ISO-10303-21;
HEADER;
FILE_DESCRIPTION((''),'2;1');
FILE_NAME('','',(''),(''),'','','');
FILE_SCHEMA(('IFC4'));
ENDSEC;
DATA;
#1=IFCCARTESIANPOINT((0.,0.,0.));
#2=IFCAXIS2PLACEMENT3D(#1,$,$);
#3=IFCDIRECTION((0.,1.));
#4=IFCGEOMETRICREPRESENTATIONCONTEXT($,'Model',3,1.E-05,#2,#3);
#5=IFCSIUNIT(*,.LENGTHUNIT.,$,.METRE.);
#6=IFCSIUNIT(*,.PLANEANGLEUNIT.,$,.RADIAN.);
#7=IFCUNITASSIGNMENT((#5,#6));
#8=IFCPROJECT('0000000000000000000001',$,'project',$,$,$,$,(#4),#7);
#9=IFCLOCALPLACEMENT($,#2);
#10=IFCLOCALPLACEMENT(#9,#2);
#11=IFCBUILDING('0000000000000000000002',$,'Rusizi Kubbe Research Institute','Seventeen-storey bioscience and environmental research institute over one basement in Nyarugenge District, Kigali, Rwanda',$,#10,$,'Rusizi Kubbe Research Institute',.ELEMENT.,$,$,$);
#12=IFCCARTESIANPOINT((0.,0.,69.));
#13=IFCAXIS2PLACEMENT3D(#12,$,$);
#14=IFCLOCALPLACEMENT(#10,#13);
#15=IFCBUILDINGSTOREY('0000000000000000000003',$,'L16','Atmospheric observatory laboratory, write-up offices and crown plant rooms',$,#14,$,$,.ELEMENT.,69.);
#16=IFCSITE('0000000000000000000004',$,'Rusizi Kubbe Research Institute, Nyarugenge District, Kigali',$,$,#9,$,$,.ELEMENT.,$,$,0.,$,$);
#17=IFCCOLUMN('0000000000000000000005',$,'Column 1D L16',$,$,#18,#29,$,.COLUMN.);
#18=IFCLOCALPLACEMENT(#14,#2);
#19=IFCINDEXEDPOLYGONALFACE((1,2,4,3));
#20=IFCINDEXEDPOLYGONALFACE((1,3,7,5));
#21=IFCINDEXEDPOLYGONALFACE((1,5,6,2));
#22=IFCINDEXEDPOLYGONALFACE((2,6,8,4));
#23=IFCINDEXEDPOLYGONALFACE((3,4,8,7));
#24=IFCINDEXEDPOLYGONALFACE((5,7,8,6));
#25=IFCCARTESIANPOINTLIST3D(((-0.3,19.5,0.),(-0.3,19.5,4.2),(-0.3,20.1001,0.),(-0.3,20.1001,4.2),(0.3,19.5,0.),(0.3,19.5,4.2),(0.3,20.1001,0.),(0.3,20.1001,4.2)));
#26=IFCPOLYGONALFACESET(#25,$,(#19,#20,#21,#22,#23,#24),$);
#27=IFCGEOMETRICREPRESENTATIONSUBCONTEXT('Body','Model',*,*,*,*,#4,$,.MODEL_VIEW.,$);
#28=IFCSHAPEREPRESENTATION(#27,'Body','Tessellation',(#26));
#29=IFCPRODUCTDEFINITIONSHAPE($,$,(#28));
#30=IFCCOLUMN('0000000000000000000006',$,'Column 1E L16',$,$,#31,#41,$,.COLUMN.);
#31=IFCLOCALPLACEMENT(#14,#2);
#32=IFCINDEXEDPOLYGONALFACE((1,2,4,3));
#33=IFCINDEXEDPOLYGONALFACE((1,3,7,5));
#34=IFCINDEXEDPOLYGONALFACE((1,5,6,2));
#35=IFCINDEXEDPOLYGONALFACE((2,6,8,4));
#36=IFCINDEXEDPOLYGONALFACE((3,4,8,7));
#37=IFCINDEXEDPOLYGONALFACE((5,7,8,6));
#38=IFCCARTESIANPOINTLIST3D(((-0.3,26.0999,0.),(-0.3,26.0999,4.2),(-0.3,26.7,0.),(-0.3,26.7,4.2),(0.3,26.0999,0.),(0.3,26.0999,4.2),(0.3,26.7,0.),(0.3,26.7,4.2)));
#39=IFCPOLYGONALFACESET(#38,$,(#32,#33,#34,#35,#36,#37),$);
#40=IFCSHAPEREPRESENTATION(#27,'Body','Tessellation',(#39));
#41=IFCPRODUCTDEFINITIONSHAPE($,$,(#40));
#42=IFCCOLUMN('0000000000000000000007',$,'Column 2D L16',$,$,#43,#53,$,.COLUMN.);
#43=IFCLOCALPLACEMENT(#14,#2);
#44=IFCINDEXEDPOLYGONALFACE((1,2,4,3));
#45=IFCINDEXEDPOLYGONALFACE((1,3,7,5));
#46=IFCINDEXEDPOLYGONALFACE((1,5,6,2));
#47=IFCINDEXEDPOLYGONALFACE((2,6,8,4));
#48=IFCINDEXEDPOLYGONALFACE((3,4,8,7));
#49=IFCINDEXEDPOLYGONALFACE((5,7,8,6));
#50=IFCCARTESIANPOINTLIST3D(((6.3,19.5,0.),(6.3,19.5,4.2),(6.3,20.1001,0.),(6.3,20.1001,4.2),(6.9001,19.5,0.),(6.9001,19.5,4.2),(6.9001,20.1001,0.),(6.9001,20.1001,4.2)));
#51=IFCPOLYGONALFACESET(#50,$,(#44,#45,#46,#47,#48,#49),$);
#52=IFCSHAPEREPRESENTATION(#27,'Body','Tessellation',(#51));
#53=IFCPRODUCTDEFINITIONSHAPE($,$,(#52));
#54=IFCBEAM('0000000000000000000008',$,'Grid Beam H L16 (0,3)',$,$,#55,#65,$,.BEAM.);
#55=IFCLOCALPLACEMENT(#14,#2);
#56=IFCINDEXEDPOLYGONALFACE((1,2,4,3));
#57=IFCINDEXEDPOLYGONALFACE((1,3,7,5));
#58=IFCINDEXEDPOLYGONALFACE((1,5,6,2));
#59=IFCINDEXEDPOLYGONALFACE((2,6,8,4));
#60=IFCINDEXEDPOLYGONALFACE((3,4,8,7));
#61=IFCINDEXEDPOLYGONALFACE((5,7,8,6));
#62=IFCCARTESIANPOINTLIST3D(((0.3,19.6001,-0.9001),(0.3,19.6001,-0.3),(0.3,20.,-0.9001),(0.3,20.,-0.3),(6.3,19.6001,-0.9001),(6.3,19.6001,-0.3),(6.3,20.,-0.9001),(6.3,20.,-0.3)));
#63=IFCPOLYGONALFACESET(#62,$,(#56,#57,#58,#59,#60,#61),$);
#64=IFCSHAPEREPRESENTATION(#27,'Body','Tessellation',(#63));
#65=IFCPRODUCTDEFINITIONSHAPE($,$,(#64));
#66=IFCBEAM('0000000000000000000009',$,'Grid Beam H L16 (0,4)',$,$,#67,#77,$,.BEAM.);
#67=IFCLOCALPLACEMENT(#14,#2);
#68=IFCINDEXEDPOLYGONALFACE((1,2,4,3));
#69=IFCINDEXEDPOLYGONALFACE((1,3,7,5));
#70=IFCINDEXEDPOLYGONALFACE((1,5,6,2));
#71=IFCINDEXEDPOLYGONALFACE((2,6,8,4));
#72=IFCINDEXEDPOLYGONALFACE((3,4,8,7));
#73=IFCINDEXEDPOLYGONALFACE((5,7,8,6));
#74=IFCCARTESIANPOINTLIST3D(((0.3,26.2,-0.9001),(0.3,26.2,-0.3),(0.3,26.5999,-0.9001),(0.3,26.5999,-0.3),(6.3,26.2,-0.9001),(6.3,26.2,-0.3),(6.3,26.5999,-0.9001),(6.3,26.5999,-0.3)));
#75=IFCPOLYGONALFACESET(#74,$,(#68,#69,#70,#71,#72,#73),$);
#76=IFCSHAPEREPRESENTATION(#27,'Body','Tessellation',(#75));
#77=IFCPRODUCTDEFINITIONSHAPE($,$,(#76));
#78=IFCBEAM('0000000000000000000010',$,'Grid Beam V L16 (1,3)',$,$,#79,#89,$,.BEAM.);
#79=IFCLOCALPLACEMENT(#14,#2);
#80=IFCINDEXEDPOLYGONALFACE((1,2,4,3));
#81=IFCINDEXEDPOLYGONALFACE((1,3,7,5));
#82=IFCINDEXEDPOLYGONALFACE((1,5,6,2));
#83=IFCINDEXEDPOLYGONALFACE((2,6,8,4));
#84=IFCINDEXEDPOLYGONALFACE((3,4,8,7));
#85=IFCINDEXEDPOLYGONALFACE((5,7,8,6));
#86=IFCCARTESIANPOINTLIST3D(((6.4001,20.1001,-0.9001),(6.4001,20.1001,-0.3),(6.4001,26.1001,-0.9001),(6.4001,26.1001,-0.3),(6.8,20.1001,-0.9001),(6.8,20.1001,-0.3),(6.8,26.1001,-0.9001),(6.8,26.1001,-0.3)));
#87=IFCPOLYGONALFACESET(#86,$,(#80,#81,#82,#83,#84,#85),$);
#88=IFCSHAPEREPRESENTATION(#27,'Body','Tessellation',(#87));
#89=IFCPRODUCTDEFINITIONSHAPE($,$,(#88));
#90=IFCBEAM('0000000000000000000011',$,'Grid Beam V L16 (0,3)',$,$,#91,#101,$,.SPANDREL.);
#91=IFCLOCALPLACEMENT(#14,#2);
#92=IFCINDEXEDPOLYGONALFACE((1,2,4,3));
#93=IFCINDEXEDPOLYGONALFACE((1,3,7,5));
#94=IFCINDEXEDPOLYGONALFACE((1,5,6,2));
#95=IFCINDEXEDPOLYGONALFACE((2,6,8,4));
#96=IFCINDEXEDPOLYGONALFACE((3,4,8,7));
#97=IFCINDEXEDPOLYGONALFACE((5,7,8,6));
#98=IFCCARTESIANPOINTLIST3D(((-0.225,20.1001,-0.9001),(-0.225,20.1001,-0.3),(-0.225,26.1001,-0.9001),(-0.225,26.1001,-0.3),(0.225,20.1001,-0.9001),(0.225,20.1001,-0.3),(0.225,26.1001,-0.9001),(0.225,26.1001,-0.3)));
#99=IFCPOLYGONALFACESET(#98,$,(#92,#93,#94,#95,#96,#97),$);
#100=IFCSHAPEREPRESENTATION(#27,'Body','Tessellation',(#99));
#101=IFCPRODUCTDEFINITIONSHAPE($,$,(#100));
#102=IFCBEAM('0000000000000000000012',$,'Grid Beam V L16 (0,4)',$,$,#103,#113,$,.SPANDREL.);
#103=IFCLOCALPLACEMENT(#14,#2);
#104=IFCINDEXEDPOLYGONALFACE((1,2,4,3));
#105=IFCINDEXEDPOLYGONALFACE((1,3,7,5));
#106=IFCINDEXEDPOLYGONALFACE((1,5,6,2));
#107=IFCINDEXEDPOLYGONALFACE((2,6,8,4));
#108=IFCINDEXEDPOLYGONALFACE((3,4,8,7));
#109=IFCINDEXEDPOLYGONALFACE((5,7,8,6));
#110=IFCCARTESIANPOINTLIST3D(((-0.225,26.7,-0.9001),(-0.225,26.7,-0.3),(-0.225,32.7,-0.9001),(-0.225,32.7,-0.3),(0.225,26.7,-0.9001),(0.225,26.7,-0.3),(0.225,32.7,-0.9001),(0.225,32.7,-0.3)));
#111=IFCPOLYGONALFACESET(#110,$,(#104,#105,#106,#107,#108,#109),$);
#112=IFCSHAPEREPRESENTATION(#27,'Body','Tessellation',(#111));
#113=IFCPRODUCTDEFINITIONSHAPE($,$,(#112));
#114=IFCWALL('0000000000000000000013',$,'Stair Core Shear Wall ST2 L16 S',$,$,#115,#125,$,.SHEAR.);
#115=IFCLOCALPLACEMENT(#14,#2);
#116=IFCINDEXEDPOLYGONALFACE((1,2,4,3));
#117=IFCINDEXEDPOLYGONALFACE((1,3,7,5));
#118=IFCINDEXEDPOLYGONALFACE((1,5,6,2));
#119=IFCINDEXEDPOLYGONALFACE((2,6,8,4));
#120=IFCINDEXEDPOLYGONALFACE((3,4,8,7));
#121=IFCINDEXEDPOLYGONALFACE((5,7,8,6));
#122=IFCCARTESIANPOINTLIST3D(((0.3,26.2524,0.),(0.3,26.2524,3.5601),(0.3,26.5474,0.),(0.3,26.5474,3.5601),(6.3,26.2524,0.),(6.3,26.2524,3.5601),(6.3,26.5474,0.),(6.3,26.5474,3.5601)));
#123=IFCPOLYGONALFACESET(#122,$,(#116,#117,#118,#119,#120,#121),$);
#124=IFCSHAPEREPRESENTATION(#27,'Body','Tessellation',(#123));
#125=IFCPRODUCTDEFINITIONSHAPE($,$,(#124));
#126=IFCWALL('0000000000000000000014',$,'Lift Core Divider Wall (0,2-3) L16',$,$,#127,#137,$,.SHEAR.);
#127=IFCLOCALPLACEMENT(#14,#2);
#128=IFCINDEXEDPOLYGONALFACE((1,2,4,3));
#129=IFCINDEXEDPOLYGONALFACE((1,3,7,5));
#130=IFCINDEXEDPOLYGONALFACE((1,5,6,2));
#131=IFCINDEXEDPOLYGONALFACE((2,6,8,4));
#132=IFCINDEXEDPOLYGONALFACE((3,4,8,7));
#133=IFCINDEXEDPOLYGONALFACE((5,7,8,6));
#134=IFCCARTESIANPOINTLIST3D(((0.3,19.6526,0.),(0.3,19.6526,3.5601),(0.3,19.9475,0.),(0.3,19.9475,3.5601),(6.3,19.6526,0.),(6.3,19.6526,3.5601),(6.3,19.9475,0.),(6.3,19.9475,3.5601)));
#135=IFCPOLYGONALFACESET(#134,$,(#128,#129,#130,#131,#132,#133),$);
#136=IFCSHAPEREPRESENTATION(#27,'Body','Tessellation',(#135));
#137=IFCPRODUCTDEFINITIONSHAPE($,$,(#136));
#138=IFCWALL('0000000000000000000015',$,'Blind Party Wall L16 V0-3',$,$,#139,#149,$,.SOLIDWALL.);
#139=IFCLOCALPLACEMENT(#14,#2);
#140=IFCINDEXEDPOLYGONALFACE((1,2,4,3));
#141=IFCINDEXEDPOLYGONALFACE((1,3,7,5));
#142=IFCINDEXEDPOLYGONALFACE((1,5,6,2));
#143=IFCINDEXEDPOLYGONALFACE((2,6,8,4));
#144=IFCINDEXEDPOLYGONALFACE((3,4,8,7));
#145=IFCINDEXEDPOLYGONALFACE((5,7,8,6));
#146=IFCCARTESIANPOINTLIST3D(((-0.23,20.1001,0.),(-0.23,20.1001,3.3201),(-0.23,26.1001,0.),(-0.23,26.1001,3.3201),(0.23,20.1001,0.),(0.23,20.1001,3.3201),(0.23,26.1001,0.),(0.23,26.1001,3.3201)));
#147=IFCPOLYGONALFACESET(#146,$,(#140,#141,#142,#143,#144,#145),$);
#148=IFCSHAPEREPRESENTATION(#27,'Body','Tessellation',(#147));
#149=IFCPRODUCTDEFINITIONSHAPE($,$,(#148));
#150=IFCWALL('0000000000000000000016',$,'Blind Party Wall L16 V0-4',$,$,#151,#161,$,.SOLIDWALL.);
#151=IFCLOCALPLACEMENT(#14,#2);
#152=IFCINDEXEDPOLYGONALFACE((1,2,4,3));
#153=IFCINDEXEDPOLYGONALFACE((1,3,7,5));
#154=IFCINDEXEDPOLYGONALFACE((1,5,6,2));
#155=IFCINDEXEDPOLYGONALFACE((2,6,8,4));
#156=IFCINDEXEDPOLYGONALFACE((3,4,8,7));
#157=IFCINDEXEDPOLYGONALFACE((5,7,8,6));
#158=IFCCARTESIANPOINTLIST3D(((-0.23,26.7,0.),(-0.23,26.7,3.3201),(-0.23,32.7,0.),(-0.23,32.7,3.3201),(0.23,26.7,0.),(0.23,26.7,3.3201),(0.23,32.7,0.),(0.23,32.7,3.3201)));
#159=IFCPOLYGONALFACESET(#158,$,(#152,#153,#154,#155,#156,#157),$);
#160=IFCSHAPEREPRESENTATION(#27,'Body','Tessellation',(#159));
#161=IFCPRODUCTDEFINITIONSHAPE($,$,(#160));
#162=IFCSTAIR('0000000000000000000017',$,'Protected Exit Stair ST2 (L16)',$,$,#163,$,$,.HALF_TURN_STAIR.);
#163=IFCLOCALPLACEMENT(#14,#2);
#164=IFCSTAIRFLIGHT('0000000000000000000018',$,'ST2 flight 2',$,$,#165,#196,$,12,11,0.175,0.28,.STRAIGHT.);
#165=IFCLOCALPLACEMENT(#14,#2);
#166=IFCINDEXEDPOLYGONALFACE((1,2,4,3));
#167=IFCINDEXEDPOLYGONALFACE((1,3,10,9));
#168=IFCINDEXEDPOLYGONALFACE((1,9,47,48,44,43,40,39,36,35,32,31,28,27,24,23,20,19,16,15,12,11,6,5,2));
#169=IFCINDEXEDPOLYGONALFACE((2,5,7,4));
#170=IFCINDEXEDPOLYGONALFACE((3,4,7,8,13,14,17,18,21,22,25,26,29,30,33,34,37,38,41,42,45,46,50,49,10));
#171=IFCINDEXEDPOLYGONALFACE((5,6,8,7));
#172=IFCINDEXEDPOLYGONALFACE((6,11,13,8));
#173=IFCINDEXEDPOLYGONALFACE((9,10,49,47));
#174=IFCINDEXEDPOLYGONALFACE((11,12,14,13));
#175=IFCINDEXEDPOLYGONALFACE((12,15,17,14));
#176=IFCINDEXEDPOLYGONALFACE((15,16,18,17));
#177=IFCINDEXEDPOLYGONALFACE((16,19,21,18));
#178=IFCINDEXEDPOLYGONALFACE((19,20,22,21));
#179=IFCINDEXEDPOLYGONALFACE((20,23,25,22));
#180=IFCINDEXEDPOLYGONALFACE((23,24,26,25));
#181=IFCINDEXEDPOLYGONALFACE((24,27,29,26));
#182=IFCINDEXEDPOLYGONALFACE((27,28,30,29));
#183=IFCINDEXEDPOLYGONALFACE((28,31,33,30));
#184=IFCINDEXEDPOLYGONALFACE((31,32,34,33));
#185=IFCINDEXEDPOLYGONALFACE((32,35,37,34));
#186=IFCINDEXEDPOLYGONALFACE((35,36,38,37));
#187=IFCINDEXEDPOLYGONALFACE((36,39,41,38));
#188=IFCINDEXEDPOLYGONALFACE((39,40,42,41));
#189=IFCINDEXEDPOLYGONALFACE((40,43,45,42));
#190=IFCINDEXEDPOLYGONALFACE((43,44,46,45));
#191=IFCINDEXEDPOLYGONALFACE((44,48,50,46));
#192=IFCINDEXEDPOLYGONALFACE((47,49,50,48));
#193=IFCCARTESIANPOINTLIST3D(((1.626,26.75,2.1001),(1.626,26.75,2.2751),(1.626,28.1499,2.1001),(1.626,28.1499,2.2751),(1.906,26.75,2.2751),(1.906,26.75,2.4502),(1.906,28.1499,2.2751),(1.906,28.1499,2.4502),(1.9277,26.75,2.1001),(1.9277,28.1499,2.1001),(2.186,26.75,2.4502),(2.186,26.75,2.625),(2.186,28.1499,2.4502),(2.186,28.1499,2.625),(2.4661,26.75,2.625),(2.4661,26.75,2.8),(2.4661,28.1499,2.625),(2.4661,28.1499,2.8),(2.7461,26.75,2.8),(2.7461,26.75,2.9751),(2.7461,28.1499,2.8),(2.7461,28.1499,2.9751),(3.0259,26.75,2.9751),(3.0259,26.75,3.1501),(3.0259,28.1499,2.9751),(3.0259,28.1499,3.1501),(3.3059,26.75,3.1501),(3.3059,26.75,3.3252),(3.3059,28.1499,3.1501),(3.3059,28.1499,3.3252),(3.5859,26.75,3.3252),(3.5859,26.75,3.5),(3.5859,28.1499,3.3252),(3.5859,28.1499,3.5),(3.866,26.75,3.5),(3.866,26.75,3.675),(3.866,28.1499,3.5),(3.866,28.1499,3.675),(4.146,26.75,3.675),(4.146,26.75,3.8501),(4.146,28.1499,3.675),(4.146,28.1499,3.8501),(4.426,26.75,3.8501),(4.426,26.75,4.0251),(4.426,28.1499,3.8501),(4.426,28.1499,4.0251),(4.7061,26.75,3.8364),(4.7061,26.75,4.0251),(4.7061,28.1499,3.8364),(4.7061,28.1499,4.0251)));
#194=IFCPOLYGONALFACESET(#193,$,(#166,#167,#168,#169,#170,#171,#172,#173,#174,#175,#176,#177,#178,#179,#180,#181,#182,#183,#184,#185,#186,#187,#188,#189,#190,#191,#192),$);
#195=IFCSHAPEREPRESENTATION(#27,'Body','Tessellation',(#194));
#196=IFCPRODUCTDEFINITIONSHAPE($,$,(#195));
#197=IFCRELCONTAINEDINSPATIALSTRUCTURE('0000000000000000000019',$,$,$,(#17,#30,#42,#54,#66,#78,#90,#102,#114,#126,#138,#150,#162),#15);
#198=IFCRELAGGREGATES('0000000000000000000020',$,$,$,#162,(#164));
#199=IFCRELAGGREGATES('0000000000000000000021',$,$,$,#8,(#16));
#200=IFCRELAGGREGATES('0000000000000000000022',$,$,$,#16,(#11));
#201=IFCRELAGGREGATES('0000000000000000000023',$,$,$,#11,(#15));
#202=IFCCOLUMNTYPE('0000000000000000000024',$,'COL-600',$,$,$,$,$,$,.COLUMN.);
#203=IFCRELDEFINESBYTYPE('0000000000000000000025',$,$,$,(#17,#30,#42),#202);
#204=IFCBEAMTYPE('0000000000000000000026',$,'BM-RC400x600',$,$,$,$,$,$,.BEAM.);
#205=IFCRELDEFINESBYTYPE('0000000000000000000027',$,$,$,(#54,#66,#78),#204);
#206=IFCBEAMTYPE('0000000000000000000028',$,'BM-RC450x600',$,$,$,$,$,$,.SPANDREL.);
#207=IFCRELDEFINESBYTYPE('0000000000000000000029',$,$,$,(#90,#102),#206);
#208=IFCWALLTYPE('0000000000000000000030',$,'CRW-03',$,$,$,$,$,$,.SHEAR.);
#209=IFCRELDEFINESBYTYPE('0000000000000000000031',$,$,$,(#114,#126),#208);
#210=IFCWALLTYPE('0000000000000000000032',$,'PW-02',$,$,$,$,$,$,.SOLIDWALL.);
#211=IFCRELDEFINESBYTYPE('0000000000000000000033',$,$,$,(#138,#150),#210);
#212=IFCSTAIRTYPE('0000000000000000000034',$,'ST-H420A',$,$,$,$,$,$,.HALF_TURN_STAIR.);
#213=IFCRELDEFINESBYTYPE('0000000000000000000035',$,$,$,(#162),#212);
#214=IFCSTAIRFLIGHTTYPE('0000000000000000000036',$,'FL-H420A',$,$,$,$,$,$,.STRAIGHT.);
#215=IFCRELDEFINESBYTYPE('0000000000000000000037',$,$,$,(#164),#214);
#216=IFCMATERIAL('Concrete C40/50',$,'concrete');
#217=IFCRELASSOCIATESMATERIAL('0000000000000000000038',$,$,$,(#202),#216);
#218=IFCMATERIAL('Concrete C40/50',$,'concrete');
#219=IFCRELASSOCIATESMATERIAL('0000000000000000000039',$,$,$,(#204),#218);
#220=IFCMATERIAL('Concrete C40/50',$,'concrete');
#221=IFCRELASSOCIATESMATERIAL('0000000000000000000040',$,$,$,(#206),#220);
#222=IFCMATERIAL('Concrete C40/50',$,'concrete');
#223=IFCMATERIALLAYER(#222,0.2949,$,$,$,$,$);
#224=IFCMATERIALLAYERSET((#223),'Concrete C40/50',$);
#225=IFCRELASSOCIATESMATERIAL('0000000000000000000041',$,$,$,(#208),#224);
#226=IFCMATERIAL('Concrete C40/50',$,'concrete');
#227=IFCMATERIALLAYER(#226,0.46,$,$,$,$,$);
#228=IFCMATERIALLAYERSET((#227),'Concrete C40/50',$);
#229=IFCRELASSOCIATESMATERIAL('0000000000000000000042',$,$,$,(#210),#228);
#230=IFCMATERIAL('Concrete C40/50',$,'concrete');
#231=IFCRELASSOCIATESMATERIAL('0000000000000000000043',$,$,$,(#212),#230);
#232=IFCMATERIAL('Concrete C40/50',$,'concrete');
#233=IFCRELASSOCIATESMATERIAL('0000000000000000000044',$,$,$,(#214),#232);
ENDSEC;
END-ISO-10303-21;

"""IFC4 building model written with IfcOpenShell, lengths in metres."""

from ifc_helpers import new_model, si_unit, direction, frame, frame_2d, origin, origin_2d, place, context, subcontext, project, spatial, polyline, rectangle, outline, extrude, material, layer, layer_set, material_profile, profile_set, type_object, element, aggregate, save


model = new_model("IFC4")

# Units and contexts
model_context = context("Model", 3, precision=1e-05, world=origin(), true_north=direction((0.0, 1.0)))
body_context = subcontext(model_context, "Body", "Model", "MODEL_VIEW")
ifc_project = project(units=[si_unit("LENGTHUNIT", "METRE"), si_unit("PLANEANGLEUNIT", "RADIAN")], contexts=[model_context])

# Site, building, storey
site_placement = place(None, origin())
site = spatial("IfcSite", under=ifc_project, at=site_placement, Name="Rusizi Kubbe Research Institute, Nyarugenge District, Kigali", CompositionType="ELEMENT", RefElevation=0.0)
building_placement = place(site_placement, origin())
building = spatial("IfcBuilding", under=site, at=building_placement, Name="Rusizi Kubbe Research Institute", Description="Seventeen-storey bioscience and environmental research institute over one basement in Nyarugenge District, Kigali, Rwanda", LongName="Rusizi Kubbe Research Institute", CompositionType="ELEMENT")
storey_placement = place(building_placement, frame((0.0, 0.0, 69.0)))
storey = spatial("IfcBuildingStorey", under=building, at=storey_placement, Name="L16", Description="Atmospheric observatory laboratory, write-up offices and crown plant rooms", CompositionType="ELEMENT", Elevation=69.0)

# Columns
ifc_material_1 = material(Name="Concrete C40/50", Category="concrete")
ifc_material_profile_1 = material_profile(ifc_material_1, rectangle(XDim=0.6001, YDim=0.6001, at=origin_2d()), Name="RC600x600")
ifc_profile_set_1 = profile_set([ifc_material_profile_1], Name="Concrete C40/50")
column_type = type_object("IfcColumnType", Name="COL-600", PredefinedType="COLUMN", material=ifc_profile_set_1)
for number, where, z_axis, x_axis, name in (
    (1, (0.0, 19.8, 0.0), (0.0, 0.0, 1.0), (1.0, 0.0, 0.0), "Column 1D L16"),
    (2, (0.0, 26.3999, 0.0), (0.0, 0.0, 1.0), (1.0, 0.0, 0.0), "Column 1E L16"),
    (3, (6.6001, 19.8, 0.0), (0.0, 0.0, 1.0), (1.0, 0.0, 0.0), "Column 2D L16"),
):
    element("IfcColumn", number, at=place(storey_placement, frame(where, z_axis=z_axis, x_axis=x_axis)), inside=storey, type_object=column_type, Name=name, PredefinedType="COLUMN", context=body_context, shape_type="SweptSolid", body=[
        extrude(rectangle(XDim=0.6001, YDim=0.6001, at=origin_2d()), origin(), (0.0, 0.0, 1.0), 4.2),
    ])

# Beams
ifc_material_2 = material(Name="Concrete C40/50", Category="concrete")
ifc_material_profile_2 = material_profile(ifc_material_2, rectangle(XDim=0.3999, YDim=0.6001, at=origin_2d()), Name="RC400x600")
ifc_profile_set_2 = profile_set([ifc_material_profile_2], Name="Concrete C40/50")
beam_type_1 = type_object("IfcBeamType", Name="BM-RC400x600", PredefinedType="BEAM", material=ifc_profile_set_2)
for number, where, z_axis, x_axis, name in (
    (4, (0.3, 19.8, -0.6001), (1.0, 0.0, 0.0), (0.0, 1.0, 0.0), "Grid Beam H L16 (0,3)"),
    (5, (0.3, 26.3999, -0.6001), (1.0, 0.0, 0.0), (0.0, 1.0, 0.0), "Grid Beam H L16 (0,4)"),
    (6, (6.6001, 20.1001, -0.6001), (0.0, 1.0, 0.0), (-1.0, 0.0, 0.0), "Grid Beam V L16 (1,3)"),
):
    element("IfcBeam", number, at=place(storey_placement, frame(where, z_axis=z_axis, x_axis=x_axis)), inside=storey, type_object=beam_type_1, Name=name, PredefinedType="BEAM", context=body_context, shape_type="SweptSolid", body=[
        extrude(rectangle(XDim=0.3999, YDim=0.6001, at=origin_2d()), origin(), (0.0, 0.0, 1.0), 6.0),
    ])
ifc_material_3 = material(Name="Concrete C40/50", Category="concrete")
ifc_material_profile_3 = material_profile(ifc_material_3, rectangle(XDim=0.45, YDim=0.6001, at=origin_2d()), Name="RC450x600")
ifc_profile_set_3 = profile_set([ifc_material_profile_3], Name="Concrete C40/50")
beam_type_2 = type_object("IfcBeamType", Name="BM-RC450x600", PredefinedType="SPANDREL", material=ifc_profile_set_3)
for number, where, z_axis, x_axis, name in (
    (7, (0.0, 20.1001, -0.6001), (0.0, 1.0, 0.0), (-1.0, 0.0, 0.0), "Grid Beam V L16 (0,3)"),
    (8, (0.0, 26.7, -0.6001), (0.0, 1.0, 0.0), (-1.0, 0.0, 0.0), "Grid Beam V L16 (0,4)"),
):
    element("IfcBeam", number, at=place(storey_placement, frame(where, z_axis=z_axis, x_axis=x_axis)), inside=storey, type_object=beam_type_2, Name=name, PredefinedType="SPANDREL", context=body_context, shape_type="SweptSolid", body=[
        extrude(rectangle(XDim=0.45, YDim=0.6001, at=origin_2d()), origin(), (0.0, 0.0, 1.0), 6.0),
    ])

# Walls
ifc_material_4 = material(Name="Concrete C40/50", Category="concrete")
ifc_layer_1 = layer(ifc_material_4, 0.2949)
ifc_layer_set_1 = layer_set([ifc_layer_1], Name="Concrete C40/50")
wall_type_1 = type_object("IfcWallType", Name="CRW-03", PredefinedType="SHEAR", material=ifc_layer_set_1)
for number, where, z_axis, x_axis, name in (
    (9, (0.3, 26.3999, 0.0), (0.0, 0.0, 1.0), (1.0, 0.0, 0.0), "Stair Core Shear Wall ST2 L16 S"),
    (10, (0.3, 19.8, 0.0), (0.0, 0.0, 1.0), (1.0, 0.0, 0.0), "Lift Core Divider Wall (0,2-3) L16"),
):
    element("IfcWall", number, at=place(storey_placement, frame(where, z_axis=z_axis, x_axis=x_axis)), inside=storey, type_object=wall_type_1, Name=name, PredefinedType="SHEAR", context=body_context, shape_type="SweptSolid", body=[
        extrude(rectangle(XDim=6.0, YDim=0.2949, at=frame_2d((3.0, 0.0))), origin(), (0.0, 0.0, 1.0), 3.5601),
    ])

# Walls
ifc_material_5 = material(Name="Concrete C40/50", Category="concrete")
ifc_layer_2 = layer(ifc_material_5, 0.46)
ifc_layer_set_2 = layer_set([ifc_layer_2], Name="Concrete C40/50")
wall_type_2 = type_object("IfcWallType", Name="PW-02", PredefinedType="SOLIDWALL", material=ifc_layer_set_2)
for number, where, z_axis, x_axis, name in (
    (11, (0.0, 20.1001, 0.0), (0.0, 0.0, 1.0), (0.0, 1.0, 0.0), "Blind Party Wall L16 V0-3"),
    (12, (0.0, 26.7, 0.0), (0.0, 0.0, 1.0), (0.0, 1.0, 0.0), "Blind Party Wall L16 V0-4"),
):
    element("IfcWall", number, at=place(storey_placement, frame(where, z_axis=z_axis, x_axis=x_axis)), inside=storey, type_object=wall_type_2, Name=name, PredefinedType="SOLIDWALL", context=body_context, shape_type="SweptSolid", body=[
        extrude(rectangle(XDim=6.0, YDim=0.46, at=frame_2d((3.0, 0.0))), origin(), (0.0, 0.0, 1.0), 3.3201),
    ])

# Stair, stair flight
ifc_material_6 = material(Name="Concrete C40/50", Category="concrete")
stair_type = type_object("IfcStairType", Name="ST-H420A", PredefinedType="HALF_TURN_STAIR", material=ifc_material_6)
stair_placement = place(storey_placement, origin())
stair = element("IfcStair", 13, at=stair_placement, inside=storey, type_object=stair_type, Name="Protected Exit Stair ST2 (L16)", PredefinedType="HALF_TURN_STAIR")
ifc_material_7 = material(Name="Concrete C40/50", Category="concrete")
stair_flight_type = type_object("IfcStairFlightType", Name="FL-H420A", PredefinedType="STRAIGHT", material=ifc_material_7)
stair_flight_placement = place(storey_placement, frame((1.626, 27.45, 2.1001), z_axis=(0.0, 0.0, 1.0), x_axis=(1.0, 0.0, 0.0)))
stair_flight = element("IfcStairFlight", 14, at=stair_flight_placement, type_object=stair_flight_type, Name="ST2 flight 2", NumberOfRisers=12, NumberOfTreads=11, PredefinedType="STRAIGHT", RiserHeight=0.175, TreadLength=0.28, context=body_context, shape_type="SweptSolid", body=[
    extrude(outline(polyline([(0.0, 0.0), (0.0, 0.175), (0.28, 0.175), (0.28, 0.3501), (0.5601, 0.3501), (0.5601, 0.5249), (0.8401, 0.5249), (0.8401, 0.7), (1.1201, 0.7), (1.1201, 0.875), (1.3999, 0.875), (1.3999, 1.05), (1.6799, 1.05), (1.6799, 1.2251), (1.96, 1.2251), (1.96, 1.3999), (2.24, 1.3999), (2.24, 1.575), (2.52, 1.575), (2.52, 1.75), (2.8, 1.75), (2.8, 1.925), (3.0801, 1.925), (3.0801, 2.1001), (3.0801, 1.7363), (0.3018, 0.0), (0.0, 0.0)])), frame((0.0, 0.7, 0.0), z_axis=(0.0, -1.0, 0.0), x_axis=(1.0, 0.0, 0.0)), (0.0, 0.0, 1.0), 1.3999),
])
aggregate(stair, [stair_flight])

save(model, "model.ifc")
